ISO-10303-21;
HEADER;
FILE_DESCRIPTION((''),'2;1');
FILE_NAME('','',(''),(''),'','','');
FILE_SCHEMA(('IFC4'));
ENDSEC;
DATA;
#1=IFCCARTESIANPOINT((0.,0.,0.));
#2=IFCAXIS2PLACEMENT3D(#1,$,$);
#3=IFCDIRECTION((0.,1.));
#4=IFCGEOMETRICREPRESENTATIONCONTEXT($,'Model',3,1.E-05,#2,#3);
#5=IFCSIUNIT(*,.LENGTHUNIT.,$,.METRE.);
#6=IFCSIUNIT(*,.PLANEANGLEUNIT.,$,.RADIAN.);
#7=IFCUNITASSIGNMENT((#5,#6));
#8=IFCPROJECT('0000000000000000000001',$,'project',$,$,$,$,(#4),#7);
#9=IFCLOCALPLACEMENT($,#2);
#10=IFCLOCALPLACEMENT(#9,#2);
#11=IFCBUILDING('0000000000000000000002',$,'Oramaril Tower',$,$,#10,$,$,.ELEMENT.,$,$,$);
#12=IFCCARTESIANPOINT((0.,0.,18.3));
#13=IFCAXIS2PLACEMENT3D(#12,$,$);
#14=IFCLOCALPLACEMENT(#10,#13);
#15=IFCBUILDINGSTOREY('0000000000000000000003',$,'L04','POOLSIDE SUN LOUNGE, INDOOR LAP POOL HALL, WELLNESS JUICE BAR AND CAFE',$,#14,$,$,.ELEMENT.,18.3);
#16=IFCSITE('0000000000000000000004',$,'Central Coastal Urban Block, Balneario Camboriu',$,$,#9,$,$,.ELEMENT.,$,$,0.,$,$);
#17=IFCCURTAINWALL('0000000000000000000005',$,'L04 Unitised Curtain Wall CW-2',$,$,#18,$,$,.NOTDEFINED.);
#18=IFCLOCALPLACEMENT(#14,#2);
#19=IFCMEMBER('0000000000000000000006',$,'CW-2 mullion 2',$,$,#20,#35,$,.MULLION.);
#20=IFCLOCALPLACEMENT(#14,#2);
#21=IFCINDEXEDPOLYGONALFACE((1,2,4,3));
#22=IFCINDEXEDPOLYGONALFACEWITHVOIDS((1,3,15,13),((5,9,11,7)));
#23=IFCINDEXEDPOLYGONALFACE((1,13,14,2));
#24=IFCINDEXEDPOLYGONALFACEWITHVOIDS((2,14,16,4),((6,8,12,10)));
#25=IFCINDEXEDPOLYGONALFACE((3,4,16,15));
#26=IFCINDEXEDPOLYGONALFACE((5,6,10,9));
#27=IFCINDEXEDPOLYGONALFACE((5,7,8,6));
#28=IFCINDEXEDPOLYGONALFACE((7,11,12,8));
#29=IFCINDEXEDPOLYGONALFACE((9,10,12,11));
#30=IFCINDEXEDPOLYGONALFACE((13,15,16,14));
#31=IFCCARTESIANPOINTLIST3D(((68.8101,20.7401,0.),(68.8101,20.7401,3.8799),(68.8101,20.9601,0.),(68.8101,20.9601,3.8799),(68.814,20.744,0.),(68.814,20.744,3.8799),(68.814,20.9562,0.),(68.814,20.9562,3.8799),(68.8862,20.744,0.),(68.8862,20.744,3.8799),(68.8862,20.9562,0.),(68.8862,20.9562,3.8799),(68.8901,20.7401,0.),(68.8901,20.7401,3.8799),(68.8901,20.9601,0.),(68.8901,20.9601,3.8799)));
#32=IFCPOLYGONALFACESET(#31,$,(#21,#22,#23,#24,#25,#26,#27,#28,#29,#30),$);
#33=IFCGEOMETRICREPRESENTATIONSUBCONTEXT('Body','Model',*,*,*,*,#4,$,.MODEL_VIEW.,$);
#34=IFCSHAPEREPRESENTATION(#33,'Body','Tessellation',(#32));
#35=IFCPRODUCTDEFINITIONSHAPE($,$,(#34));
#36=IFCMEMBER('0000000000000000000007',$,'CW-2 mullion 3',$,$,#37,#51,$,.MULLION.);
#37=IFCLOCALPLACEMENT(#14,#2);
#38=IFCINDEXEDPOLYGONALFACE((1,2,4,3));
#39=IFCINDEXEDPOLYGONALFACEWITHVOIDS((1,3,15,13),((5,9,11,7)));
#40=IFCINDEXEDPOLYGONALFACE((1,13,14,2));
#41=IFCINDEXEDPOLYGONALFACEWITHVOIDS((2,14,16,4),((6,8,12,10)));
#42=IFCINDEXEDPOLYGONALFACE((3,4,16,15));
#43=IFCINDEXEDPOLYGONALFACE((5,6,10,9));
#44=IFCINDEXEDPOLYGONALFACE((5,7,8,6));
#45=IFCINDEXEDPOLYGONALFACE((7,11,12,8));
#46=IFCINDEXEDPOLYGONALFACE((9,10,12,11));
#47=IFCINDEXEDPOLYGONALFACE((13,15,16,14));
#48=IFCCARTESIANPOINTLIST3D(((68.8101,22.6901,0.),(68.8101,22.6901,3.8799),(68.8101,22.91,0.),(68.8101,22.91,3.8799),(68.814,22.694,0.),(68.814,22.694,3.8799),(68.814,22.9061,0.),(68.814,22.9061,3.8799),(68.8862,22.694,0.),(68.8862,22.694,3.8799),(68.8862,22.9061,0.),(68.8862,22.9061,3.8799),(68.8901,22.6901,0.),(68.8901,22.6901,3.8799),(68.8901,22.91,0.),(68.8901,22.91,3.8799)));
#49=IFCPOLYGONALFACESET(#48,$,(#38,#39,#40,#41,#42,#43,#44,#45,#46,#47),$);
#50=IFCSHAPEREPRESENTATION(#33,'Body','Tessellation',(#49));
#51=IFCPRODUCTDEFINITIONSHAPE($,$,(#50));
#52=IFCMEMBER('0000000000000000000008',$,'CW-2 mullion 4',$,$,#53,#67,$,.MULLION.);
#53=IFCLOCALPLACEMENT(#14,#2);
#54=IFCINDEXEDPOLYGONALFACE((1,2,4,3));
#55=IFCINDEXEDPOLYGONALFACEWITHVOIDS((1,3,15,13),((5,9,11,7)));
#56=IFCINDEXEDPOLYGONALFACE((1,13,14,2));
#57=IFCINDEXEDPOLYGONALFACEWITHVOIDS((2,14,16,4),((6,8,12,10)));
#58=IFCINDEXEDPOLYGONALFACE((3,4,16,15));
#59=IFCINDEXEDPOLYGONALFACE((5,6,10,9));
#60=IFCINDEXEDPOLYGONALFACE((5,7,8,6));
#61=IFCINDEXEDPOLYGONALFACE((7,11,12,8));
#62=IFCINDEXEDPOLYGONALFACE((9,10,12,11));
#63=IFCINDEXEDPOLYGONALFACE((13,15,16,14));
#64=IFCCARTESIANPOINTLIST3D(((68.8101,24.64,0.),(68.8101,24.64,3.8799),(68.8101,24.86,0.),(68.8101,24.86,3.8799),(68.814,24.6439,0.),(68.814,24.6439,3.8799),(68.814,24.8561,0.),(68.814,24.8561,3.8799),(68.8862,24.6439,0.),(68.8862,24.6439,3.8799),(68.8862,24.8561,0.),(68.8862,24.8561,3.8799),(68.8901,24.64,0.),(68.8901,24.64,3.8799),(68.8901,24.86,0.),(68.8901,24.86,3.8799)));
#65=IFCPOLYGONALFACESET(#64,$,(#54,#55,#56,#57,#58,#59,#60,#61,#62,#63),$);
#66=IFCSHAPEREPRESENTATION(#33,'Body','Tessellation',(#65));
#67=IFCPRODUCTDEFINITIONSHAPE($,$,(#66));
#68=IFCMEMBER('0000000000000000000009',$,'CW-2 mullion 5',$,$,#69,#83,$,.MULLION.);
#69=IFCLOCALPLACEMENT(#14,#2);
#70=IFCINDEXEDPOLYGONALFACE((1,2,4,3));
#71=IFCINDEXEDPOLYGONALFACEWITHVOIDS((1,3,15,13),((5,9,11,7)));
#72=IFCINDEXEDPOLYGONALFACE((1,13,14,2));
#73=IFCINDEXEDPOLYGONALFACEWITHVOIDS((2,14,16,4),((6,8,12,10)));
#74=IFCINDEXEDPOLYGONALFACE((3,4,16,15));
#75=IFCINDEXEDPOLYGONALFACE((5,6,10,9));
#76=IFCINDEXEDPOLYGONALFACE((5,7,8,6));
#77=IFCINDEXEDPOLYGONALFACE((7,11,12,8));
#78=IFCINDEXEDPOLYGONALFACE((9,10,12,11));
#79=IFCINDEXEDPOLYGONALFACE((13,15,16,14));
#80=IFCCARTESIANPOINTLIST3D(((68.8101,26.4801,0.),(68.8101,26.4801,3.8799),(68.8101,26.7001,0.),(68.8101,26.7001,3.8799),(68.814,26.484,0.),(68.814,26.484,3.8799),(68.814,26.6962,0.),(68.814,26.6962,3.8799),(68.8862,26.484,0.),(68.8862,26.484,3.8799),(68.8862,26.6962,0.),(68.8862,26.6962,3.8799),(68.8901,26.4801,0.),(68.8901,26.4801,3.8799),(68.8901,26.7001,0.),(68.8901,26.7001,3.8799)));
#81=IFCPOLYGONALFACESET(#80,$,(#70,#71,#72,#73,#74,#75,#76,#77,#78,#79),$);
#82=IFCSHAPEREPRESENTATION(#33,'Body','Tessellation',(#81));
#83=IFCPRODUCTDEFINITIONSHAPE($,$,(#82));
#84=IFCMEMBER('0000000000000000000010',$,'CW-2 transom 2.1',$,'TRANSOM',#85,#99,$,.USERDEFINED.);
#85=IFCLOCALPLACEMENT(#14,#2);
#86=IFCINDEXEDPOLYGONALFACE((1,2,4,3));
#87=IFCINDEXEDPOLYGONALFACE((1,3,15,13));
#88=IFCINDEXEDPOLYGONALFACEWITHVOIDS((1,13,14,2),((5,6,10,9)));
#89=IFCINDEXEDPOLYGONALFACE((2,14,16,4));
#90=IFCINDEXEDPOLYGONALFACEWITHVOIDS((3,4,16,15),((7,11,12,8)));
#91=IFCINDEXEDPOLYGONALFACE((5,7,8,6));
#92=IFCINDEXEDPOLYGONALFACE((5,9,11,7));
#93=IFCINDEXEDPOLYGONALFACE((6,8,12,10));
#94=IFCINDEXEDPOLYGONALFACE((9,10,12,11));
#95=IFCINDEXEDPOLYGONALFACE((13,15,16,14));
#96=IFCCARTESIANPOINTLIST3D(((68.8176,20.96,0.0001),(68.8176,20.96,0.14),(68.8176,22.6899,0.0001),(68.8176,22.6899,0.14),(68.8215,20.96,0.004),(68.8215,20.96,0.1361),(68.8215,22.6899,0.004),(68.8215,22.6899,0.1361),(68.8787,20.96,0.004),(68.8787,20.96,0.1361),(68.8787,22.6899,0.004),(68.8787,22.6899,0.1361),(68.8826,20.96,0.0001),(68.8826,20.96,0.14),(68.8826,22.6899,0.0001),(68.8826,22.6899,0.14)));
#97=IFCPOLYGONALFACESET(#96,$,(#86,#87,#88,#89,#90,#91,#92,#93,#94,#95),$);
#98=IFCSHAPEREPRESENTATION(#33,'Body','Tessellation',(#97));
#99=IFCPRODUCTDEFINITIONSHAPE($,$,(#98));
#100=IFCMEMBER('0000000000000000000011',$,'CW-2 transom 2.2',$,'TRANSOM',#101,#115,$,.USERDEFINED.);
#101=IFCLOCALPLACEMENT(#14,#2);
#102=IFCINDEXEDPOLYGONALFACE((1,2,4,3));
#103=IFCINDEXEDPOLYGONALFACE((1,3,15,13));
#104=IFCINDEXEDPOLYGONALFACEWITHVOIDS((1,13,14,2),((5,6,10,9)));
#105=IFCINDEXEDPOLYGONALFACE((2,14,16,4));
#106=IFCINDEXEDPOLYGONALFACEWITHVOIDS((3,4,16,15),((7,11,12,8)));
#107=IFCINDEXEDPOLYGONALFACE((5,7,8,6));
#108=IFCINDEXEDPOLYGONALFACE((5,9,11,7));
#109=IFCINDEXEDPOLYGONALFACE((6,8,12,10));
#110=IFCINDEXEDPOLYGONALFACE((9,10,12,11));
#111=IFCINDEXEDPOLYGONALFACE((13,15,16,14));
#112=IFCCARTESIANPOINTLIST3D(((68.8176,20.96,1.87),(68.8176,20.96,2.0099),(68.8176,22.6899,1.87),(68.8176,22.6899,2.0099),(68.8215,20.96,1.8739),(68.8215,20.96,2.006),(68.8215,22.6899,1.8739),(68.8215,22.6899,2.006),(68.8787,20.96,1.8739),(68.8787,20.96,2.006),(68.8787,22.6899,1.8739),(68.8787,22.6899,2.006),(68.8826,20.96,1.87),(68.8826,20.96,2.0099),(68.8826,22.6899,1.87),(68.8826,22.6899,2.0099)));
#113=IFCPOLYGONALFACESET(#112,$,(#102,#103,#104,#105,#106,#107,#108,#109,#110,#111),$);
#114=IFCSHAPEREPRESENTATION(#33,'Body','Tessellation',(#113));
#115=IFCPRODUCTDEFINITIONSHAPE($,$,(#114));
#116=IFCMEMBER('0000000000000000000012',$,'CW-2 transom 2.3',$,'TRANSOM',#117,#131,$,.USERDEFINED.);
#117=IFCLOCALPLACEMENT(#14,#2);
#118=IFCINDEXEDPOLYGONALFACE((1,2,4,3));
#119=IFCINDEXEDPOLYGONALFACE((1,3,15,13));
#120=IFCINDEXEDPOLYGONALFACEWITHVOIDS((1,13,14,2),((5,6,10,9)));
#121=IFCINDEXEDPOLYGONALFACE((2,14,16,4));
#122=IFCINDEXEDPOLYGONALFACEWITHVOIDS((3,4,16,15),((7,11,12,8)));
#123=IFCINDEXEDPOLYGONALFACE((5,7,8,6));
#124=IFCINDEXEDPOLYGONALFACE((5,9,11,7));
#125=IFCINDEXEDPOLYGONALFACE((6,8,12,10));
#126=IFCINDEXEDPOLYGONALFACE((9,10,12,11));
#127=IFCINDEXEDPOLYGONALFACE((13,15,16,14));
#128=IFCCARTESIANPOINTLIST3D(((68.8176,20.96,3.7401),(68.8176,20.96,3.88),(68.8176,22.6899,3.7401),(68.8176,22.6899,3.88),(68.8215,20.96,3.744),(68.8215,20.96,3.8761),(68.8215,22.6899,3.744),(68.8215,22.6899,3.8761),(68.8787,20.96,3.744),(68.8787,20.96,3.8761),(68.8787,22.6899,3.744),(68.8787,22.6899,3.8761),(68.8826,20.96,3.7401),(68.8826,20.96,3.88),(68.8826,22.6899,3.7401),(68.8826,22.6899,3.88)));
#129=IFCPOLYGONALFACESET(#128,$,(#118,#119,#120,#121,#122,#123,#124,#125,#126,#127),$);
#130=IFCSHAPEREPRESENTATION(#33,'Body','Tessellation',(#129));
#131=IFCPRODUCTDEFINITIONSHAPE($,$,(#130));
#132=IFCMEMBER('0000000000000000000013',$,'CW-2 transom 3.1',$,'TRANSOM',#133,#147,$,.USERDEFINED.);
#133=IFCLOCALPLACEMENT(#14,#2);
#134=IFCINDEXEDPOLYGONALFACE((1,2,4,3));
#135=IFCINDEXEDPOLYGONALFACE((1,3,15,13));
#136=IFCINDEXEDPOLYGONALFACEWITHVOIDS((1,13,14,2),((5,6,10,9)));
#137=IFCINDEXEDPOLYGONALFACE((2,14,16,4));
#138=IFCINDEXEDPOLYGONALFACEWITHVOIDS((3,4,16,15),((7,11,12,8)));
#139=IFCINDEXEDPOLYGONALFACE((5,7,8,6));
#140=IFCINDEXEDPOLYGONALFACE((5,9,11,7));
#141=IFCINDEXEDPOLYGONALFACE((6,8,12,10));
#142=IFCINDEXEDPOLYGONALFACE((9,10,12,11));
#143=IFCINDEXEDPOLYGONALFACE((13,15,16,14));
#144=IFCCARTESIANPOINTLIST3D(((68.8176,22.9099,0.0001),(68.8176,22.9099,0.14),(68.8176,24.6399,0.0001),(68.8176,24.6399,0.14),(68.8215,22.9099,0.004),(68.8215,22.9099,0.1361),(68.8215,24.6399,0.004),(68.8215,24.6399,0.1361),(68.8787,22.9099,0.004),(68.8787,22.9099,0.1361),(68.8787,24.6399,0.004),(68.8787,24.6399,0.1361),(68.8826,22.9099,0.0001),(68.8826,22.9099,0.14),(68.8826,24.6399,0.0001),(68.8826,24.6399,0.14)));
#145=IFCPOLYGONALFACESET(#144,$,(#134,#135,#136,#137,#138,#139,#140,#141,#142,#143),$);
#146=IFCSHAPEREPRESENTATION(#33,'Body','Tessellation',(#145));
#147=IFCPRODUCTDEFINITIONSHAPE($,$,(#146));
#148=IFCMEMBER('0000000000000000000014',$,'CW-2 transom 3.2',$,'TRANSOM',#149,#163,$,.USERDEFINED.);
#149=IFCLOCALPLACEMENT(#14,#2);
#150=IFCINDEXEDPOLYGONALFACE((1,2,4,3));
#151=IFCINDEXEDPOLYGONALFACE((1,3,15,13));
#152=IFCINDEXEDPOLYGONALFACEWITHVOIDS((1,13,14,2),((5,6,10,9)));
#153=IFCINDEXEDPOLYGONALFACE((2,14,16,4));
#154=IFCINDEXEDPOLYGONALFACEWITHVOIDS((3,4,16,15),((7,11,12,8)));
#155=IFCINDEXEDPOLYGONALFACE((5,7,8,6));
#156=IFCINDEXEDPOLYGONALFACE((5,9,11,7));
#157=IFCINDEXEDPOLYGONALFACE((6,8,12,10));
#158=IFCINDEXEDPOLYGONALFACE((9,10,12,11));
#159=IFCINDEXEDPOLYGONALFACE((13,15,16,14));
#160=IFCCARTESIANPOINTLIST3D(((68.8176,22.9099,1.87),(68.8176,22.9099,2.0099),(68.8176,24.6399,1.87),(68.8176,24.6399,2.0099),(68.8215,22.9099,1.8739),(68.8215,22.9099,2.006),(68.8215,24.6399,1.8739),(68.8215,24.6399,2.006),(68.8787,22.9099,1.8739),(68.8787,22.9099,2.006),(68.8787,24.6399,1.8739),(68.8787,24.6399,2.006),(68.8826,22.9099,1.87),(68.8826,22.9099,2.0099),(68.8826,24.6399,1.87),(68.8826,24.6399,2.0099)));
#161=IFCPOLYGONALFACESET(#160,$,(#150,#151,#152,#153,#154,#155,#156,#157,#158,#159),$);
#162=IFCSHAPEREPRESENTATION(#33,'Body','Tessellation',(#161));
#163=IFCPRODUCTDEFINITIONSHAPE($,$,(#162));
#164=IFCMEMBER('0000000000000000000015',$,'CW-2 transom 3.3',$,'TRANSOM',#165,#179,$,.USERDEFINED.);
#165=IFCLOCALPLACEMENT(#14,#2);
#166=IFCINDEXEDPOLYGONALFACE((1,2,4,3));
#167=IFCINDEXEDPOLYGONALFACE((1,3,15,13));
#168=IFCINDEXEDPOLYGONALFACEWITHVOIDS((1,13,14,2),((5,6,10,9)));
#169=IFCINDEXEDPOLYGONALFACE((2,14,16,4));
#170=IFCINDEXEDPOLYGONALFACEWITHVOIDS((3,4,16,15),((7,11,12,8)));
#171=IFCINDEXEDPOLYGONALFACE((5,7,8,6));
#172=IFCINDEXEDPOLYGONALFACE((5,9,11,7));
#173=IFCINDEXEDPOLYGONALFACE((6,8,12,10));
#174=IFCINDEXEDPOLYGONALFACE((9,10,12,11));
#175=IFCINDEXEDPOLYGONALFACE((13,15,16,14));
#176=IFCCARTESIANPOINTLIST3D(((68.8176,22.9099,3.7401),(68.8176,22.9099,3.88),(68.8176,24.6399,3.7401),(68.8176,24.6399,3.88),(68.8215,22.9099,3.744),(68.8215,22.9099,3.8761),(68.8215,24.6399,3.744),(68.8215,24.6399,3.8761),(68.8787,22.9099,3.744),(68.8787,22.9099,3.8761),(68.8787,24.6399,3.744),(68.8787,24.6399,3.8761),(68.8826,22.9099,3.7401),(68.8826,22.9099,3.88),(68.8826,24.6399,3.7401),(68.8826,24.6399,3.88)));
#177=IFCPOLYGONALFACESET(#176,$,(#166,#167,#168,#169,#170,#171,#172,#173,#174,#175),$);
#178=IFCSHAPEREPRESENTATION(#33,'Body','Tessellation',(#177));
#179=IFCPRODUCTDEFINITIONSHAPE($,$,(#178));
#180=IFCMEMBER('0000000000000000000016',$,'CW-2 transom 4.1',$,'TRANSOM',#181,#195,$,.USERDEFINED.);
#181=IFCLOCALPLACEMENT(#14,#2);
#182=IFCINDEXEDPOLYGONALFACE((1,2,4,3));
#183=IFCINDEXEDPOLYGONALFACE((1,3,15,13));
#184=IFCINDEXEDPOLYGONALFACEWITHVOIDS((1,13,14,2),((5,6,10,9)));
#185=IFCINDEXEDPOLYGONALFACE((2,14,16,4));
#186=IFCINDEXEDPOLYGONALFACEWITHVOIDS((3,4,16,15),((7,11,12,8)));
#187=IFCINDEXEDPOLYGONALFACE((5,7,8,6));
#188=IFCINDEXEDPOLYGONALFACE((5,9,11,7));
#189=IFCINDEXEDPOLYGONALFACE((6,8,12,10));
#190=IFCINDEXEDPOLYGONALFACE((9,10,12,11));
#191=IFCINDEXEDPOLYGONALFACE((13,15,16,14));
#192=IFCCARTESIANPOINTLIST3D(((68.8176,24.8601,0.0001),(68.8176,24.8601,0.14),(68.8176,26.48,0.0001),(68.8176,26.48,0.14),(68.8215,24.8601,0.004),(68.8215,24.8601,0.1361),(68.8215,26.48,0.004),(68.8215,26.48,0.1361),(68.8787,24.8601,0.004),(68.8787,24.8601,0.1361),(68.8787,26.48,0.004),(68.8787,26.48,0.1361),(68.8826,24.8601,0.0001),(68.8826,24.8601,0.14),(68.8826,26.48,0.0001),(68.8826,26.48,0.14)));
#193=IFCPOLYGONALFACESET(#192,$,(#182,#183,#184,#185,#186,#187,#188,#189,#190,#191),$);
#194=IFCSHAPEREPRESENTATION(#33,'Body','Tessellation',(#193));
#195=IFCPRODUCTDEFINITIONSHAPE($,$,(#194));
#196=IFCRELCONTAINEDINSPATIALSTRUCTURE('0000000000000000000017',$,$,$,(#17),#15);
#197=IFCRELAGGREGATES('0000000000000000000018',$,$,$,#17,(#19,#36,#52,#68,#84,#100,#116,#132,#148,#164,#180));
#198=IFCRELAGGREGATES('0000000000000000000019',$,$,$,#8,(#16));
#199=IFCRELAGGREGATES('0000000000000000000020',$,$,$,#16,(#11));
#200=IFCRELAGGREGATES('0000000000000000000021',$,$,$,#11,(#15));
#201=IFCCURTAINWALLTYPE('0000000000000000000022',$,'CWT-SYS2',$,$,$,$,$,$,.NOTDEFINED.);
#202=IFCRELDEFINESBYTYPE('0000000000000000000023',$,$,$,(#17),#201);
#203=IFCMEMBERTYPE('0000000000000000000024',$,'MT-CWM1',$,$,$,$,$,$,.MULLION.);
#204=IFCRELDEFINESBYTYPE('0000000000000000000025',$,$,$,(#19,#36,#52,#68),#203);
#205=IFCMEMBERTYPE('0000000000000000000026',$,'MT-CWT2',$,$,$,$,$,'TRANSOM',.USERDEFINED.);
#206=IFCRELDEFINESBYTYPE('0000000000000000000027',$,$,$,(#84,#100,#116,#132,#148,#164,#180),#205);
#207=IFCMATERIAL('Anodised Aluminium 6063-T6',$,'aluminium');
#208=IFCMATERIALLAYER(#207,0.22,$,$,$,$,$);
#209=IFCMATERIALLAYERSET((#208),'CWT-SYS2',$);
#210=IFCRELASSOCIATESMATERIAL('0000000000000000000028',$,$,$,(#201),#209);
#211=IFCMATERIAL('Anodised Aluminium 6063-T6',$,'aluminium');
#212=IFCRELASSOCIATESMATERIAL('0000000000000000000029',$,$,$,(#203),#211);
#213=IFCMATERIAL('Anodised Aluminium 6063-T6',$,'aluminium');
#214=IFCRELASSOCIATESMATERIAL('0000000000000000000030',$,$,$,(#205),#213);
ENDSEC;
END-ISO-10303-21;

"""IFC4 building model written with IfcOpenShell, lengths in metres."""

from ifc_helpers import new_model, si_unit, direction, frame, origin, origin_2d, place, context, subcontext, project, spatial, hollow_rectangle, extrude, material, layer, layer_set, material_profile, profile_set, type_object, element, aggregate, save


model = new_model("IFC4")

# Units and contexts
model_context = context("Model", 3, precision=1e-05, world=origin(), true_north=direction((0.0, 1.0)))
body_context = subcontext(model_context, "Body", "Model", "MODEL_VIEW")
ifc_project = project(units=[si_unit("LENGTHUNIT", "METRE"), si_unit("PLANEANGLEUNIT", "RADIAN")], contexts=[model_context])

# Site, building, storey
site_placement = place(None, origin())
site = spatial("IfcSite", under=ifc_project, at=site_placement, Name="Central Coastal Urban Block, Balneario Camboriu", CompositionType="ELEMENT", RefElevation=0.0)
building_placement = place(site_placement, origin())
building = spatial("IfcBuilding", under=site, at=building_placement, Name="Oramaril Tower", CompositionType="ELEMENT")
storey_placement = place(building_placement, frame((0.0, 0.0, 18.3)))
storey = spatial("IfcBuildingStorey", under=building, at=storey_placement, Name="L04", Description="POOLSIDE SUN LOUNGE, INDOOR LAP POOL HALL, WELLNESS JUICE BAR AND CAFE", CompositionType="ELEMENT", Elevation=18.3)

# Curtain wall, members
ifc_material_1 = material(Name="Anodised Aluminium 6063-T6", Category="aluminium")
ifc_layer_1 = layer(ifc_material_1, 0.22)
ifc_layer_set_1 = layer_set([ifc_layer_1], Name="CWT-SYS2")
curtain_wall_type = type_object("IfcCurtainWallType", Name="CWT-SYS2", PredefinedType="NOTDEFINED", material=ifc_layer_set_1)
curtain_wall_placement = place(storey_placement, origin())
curtain_wall = element("IfcCurtainWall", 1, at=curtain_wall_placement, inside=storey, type_object=curtain_wall_type, Name="L04 Unitised Curtain Wall CW-2", PredefinedType="NOTDEFINED")
ifc_material_2 = material(Name="Anodised Aluminium 6063-T6", Category="aluminium")
ifc_material_profile_1 = material_profile(ifc_material_2, hollow_rectangle(XDim=0.0801, YDim=0.22, WallThickness=0.0039, at=origin_2d()), Name="CWM220X80")
ifc_profile_set_1 = profile_set([ifc_material_profile_1], Name="Anodised Aluminium 6063-T6")
member_type_1 = type_object("IfcMemberType", Name="MT-CWM1", PredefinedType="MULLION", material=ifc_profile_set_1)
member_1_placement = place(storey_placement, frame((68.8501, 20.8501, 0.0), z_axis=(0.0, 0.0, 1.0), x_axis=(-1.0, 0.0, 0.0)))
member_1 = element("IfcMember", 2, at=member_1_placement, type_object=member_type_1, Name="CW-2 mullion 2", PredefinedType="MULLION", context=body_context, shape_type="SweptSolid", body=[
    extrude(hollow_rectangle(XDim=0.0801, YDim=0.22, WallThickness=0.0039, at=origin_2d()), origin(), (0.0, 0.0, 1.0), 3.8799),
])
member_2_placement = place(storey_placement, frame((68.8501, 22.8, 0.0), z_axis=(0.0, 0.0, 1.0), x_axis=(-1.0, 0.0, 0.0)))
member_2 = element("IfcMember", 3, at=member_2_placement, type_object=member_type_1, Name="CW-2 mullion 3", PredefinedType="MULLION", context=body_context, shape_type="SweptSolid", body=[
    extrude(hollow_rectangle(XDim=0.0801, YDim=0.22, WallThickness=0.0039, at=origin_2d()), origin(), (0.0, 0.0, 1.0), 3.8799),
])
member_3_placement = place(storey_placement, frame((68.8501, 24.75, 0.0), z_axis=(0.0, 0.0, 1.0), x_axis=(-1.0, 0.0, 0.0)))
member_3 = element("IfcMember", 4, at=member_3_placement, type_object=member_type_1, Name="CW-2 mullion 4", PredefinedType="MULLION", context=body_context, shape_type="SweptSolid", body=[
    extrude(hollow_rectangle(XDim=0.0801, YDim=0.22, WallThickness=0.0039, at=origin_2d()), origin(), (0.0, 0.0, 1.0), 3.8799),
])
member_4_placement = place(storey_placement, frame((68.8501, 26.5901, 0.0), z_axis=(0.0, 0.0, 1.0), x_axis=(-1.0, 0.0, 0.0)))
member_4 = element("IfcMember", 5, at=member_4_placement, type_object=member_type_1, Name="CW-2 mullion 5", PredefinedType="MULLION", context=body_context, shape_type="SweptSolid", body=[
    extrude(hollow_rectangle(XDim=0.0801, YDim=0.22, WallThickness=0.0039, at=origin_2d()), origin(), (0.0, 0.0, 1.0), 3.8799),
])
ifc_material_3 = material(Name="Anodised Aluminium 6063-T6", Category="aluminium")
ifc_material_profile_2 = material_profile(ifc_material_3, hollow_rectangle(XDim=0.0649, YDim=0.1399, WallThickness=0.0039, at=origin_2d()), Name="CWT140X65")
ifc_profile_set_2 = profile_set([ifc_material_profile_2], Name="Anodised Aluminium 6063-T6")
member_type_2 = type_object("IfcMemberType", Name="MT-CWT2", ElementType="TRANSOM", PredefinedType="USERDEFINED", material=ifc_profile_set_2)
member_5_placement = place(storey_placement, frame((68.8501, 20.96, 0.0701), z_axis=(0.0, 1.0, 0.0), x_axis=(-1.0, 0.0, 0.0)))
member_5 = element("IfcMember", 6, at=member_5_placement, type_object=member_type_2, Name="CW-2 transom 2.1", ObjectType="TRANSOM", PredefinedType="USERDEFINED", context=body_context, shape_type="SweptSolid", body=[
    extrude(hollow_rectangle(XDim=0.0649, YDim=0.1399, WallThickness=0.0039, at=origin_2d()), origin(), (0.0, 0.0, 1.0), 1.73),
])
member_6_placement = place(storey_placement, frame((68.8501, 20.96, 1.9399), z_axis=(0.0, 1.0, 0.0), x_axis=(-1.0, 0.0, 0.0)))
member_6 = element("IfcMember", 7, at=member_6_placement, type_object=member_type_2, Name="CW-2 transom 2.2", ObjectType="TRANSOM", PredefinedType="USERDEFINED", context=body_context, shape_type="SweptSolid", body=[
    extrude(hollow_rectangle(XDim=0.0649, YDim=0.1399, WallThickness=0.0039, at=origin_2d()), origin(), (0.0, 0.0, 1.0), 1.73),
])
member_7_placement = place(storey_placement, frame((68.8501, 20.96, 3.8101), z_axis=(0.0, 1.0, 0.0), x_axis=(-1.0, 0.0, 0.0)))
member_7 = element("IfcMember", 8, at=member_7_placement, type_object=member_type_2, Name="CW-2 transom 2.3", ObjectType="TRANSOM", PredefinedType="USERDEFINED", context=body_context, shape_type="SweptSolid", body=[
    extrude(hollow_rectangle(XDim=0.0649, YDim=0.1399, WallThickness=0.0039, at=origin_2d()), origin(), (0.0, 0.0, 1.0), 1.73),
])
member_8_placement = place(storey_placement, frame((68.8501, 22.9099, 0.0701), z_axis=(0.0, 1.0, 0.0), x_axis=(-1.0, 0.0, 0.0)))
member_8 = element("IfcMember", 9, at=member_8_placement, type_object=member_type_2, Name="CW-2 transom 3.1", ObjectType="TRANSOM", PredefinedType="USERDEFINED", context=body_context, shape_type="SweptSolid", body=[
    extrude(hollow_rectangle(XDim=0.0649, YDim=0.1399, WallThickness=0.0039, at=origin_2d()), origin(), (0.0, 0.0, 1.0), 1.73),
])
member_9_placement = place(storey_placement, frame((68.8501, 22.9099, 1.9399), z_axis=(0.0, 1.0, 0.0), x_axis=(-1.0, 0.0, 0.0)))
member_9 = element("IfcMember", 10, at=member_9_placement, type_object=member_type_2, Name="CW-2 transom 3.2", ObjectType="TRANSOM", PredefinedType="USERDEFINED", context=body_context, shape_type="SweptSolid", body=[
    extrude(hollow_rectangle(XDim=0.0649, YDim=0.1399, WallThickness=0.0039, at=origin_2d()), origin(), (0.0, 0.0, 1.0), 1.73),
])
member_10_placement = place(storey_placement, frame((68.8501, 22.9099, 3.8101), z_axis=(0.0, 1.0, 0.0), x_axis=(-1.0, 0.0, 0.0)))
member_10 = element("IfcMember", 11, at=member_10_placement, type_object=member_type_2, Name="CW-2 transom 3.3", ObjectType="TRANSOM", PredefinedType="USERDEFINED", context=body_context, shape_type="SweptSolid", body=[
    extrude(hollow_rectangle(XDim=0.0649, YDim=0.1399, WallThickness=0.0039, at=origin_2d()), origin(), (0.0, 0.0, 1.0), 1.73),
])
member_11_placement = place(storey_placement, frame((68.8501, 24.8601, 0.0701), z_axis=(0.0, 1.0, 0.0), x_axis=(-1.0, 0.0, 0.0)))
member_11 = element("IfcMember", 12, at=member_11_placement, type_object=member_type_2, Name="CW-2 transom 4.1", ObjectType="TRANSOM", PredefinedType="USERDEFINED", context=body_context, shape_type="SweptSolid", body=[
    extrude(hollow_rectangle(XDim=0.0649, YDim=0.1399, WallThickness=0.0039, at=origin_2d()), origin(), (0.0, 0.0, 1.0), 1.6199),
])
aggregate(curtain_wall, [member_1, member_2, member_3, member_4, member_5, member_6, member_7, member_8, member_9, member_10, member_11])

save(model, "model.ifc")
